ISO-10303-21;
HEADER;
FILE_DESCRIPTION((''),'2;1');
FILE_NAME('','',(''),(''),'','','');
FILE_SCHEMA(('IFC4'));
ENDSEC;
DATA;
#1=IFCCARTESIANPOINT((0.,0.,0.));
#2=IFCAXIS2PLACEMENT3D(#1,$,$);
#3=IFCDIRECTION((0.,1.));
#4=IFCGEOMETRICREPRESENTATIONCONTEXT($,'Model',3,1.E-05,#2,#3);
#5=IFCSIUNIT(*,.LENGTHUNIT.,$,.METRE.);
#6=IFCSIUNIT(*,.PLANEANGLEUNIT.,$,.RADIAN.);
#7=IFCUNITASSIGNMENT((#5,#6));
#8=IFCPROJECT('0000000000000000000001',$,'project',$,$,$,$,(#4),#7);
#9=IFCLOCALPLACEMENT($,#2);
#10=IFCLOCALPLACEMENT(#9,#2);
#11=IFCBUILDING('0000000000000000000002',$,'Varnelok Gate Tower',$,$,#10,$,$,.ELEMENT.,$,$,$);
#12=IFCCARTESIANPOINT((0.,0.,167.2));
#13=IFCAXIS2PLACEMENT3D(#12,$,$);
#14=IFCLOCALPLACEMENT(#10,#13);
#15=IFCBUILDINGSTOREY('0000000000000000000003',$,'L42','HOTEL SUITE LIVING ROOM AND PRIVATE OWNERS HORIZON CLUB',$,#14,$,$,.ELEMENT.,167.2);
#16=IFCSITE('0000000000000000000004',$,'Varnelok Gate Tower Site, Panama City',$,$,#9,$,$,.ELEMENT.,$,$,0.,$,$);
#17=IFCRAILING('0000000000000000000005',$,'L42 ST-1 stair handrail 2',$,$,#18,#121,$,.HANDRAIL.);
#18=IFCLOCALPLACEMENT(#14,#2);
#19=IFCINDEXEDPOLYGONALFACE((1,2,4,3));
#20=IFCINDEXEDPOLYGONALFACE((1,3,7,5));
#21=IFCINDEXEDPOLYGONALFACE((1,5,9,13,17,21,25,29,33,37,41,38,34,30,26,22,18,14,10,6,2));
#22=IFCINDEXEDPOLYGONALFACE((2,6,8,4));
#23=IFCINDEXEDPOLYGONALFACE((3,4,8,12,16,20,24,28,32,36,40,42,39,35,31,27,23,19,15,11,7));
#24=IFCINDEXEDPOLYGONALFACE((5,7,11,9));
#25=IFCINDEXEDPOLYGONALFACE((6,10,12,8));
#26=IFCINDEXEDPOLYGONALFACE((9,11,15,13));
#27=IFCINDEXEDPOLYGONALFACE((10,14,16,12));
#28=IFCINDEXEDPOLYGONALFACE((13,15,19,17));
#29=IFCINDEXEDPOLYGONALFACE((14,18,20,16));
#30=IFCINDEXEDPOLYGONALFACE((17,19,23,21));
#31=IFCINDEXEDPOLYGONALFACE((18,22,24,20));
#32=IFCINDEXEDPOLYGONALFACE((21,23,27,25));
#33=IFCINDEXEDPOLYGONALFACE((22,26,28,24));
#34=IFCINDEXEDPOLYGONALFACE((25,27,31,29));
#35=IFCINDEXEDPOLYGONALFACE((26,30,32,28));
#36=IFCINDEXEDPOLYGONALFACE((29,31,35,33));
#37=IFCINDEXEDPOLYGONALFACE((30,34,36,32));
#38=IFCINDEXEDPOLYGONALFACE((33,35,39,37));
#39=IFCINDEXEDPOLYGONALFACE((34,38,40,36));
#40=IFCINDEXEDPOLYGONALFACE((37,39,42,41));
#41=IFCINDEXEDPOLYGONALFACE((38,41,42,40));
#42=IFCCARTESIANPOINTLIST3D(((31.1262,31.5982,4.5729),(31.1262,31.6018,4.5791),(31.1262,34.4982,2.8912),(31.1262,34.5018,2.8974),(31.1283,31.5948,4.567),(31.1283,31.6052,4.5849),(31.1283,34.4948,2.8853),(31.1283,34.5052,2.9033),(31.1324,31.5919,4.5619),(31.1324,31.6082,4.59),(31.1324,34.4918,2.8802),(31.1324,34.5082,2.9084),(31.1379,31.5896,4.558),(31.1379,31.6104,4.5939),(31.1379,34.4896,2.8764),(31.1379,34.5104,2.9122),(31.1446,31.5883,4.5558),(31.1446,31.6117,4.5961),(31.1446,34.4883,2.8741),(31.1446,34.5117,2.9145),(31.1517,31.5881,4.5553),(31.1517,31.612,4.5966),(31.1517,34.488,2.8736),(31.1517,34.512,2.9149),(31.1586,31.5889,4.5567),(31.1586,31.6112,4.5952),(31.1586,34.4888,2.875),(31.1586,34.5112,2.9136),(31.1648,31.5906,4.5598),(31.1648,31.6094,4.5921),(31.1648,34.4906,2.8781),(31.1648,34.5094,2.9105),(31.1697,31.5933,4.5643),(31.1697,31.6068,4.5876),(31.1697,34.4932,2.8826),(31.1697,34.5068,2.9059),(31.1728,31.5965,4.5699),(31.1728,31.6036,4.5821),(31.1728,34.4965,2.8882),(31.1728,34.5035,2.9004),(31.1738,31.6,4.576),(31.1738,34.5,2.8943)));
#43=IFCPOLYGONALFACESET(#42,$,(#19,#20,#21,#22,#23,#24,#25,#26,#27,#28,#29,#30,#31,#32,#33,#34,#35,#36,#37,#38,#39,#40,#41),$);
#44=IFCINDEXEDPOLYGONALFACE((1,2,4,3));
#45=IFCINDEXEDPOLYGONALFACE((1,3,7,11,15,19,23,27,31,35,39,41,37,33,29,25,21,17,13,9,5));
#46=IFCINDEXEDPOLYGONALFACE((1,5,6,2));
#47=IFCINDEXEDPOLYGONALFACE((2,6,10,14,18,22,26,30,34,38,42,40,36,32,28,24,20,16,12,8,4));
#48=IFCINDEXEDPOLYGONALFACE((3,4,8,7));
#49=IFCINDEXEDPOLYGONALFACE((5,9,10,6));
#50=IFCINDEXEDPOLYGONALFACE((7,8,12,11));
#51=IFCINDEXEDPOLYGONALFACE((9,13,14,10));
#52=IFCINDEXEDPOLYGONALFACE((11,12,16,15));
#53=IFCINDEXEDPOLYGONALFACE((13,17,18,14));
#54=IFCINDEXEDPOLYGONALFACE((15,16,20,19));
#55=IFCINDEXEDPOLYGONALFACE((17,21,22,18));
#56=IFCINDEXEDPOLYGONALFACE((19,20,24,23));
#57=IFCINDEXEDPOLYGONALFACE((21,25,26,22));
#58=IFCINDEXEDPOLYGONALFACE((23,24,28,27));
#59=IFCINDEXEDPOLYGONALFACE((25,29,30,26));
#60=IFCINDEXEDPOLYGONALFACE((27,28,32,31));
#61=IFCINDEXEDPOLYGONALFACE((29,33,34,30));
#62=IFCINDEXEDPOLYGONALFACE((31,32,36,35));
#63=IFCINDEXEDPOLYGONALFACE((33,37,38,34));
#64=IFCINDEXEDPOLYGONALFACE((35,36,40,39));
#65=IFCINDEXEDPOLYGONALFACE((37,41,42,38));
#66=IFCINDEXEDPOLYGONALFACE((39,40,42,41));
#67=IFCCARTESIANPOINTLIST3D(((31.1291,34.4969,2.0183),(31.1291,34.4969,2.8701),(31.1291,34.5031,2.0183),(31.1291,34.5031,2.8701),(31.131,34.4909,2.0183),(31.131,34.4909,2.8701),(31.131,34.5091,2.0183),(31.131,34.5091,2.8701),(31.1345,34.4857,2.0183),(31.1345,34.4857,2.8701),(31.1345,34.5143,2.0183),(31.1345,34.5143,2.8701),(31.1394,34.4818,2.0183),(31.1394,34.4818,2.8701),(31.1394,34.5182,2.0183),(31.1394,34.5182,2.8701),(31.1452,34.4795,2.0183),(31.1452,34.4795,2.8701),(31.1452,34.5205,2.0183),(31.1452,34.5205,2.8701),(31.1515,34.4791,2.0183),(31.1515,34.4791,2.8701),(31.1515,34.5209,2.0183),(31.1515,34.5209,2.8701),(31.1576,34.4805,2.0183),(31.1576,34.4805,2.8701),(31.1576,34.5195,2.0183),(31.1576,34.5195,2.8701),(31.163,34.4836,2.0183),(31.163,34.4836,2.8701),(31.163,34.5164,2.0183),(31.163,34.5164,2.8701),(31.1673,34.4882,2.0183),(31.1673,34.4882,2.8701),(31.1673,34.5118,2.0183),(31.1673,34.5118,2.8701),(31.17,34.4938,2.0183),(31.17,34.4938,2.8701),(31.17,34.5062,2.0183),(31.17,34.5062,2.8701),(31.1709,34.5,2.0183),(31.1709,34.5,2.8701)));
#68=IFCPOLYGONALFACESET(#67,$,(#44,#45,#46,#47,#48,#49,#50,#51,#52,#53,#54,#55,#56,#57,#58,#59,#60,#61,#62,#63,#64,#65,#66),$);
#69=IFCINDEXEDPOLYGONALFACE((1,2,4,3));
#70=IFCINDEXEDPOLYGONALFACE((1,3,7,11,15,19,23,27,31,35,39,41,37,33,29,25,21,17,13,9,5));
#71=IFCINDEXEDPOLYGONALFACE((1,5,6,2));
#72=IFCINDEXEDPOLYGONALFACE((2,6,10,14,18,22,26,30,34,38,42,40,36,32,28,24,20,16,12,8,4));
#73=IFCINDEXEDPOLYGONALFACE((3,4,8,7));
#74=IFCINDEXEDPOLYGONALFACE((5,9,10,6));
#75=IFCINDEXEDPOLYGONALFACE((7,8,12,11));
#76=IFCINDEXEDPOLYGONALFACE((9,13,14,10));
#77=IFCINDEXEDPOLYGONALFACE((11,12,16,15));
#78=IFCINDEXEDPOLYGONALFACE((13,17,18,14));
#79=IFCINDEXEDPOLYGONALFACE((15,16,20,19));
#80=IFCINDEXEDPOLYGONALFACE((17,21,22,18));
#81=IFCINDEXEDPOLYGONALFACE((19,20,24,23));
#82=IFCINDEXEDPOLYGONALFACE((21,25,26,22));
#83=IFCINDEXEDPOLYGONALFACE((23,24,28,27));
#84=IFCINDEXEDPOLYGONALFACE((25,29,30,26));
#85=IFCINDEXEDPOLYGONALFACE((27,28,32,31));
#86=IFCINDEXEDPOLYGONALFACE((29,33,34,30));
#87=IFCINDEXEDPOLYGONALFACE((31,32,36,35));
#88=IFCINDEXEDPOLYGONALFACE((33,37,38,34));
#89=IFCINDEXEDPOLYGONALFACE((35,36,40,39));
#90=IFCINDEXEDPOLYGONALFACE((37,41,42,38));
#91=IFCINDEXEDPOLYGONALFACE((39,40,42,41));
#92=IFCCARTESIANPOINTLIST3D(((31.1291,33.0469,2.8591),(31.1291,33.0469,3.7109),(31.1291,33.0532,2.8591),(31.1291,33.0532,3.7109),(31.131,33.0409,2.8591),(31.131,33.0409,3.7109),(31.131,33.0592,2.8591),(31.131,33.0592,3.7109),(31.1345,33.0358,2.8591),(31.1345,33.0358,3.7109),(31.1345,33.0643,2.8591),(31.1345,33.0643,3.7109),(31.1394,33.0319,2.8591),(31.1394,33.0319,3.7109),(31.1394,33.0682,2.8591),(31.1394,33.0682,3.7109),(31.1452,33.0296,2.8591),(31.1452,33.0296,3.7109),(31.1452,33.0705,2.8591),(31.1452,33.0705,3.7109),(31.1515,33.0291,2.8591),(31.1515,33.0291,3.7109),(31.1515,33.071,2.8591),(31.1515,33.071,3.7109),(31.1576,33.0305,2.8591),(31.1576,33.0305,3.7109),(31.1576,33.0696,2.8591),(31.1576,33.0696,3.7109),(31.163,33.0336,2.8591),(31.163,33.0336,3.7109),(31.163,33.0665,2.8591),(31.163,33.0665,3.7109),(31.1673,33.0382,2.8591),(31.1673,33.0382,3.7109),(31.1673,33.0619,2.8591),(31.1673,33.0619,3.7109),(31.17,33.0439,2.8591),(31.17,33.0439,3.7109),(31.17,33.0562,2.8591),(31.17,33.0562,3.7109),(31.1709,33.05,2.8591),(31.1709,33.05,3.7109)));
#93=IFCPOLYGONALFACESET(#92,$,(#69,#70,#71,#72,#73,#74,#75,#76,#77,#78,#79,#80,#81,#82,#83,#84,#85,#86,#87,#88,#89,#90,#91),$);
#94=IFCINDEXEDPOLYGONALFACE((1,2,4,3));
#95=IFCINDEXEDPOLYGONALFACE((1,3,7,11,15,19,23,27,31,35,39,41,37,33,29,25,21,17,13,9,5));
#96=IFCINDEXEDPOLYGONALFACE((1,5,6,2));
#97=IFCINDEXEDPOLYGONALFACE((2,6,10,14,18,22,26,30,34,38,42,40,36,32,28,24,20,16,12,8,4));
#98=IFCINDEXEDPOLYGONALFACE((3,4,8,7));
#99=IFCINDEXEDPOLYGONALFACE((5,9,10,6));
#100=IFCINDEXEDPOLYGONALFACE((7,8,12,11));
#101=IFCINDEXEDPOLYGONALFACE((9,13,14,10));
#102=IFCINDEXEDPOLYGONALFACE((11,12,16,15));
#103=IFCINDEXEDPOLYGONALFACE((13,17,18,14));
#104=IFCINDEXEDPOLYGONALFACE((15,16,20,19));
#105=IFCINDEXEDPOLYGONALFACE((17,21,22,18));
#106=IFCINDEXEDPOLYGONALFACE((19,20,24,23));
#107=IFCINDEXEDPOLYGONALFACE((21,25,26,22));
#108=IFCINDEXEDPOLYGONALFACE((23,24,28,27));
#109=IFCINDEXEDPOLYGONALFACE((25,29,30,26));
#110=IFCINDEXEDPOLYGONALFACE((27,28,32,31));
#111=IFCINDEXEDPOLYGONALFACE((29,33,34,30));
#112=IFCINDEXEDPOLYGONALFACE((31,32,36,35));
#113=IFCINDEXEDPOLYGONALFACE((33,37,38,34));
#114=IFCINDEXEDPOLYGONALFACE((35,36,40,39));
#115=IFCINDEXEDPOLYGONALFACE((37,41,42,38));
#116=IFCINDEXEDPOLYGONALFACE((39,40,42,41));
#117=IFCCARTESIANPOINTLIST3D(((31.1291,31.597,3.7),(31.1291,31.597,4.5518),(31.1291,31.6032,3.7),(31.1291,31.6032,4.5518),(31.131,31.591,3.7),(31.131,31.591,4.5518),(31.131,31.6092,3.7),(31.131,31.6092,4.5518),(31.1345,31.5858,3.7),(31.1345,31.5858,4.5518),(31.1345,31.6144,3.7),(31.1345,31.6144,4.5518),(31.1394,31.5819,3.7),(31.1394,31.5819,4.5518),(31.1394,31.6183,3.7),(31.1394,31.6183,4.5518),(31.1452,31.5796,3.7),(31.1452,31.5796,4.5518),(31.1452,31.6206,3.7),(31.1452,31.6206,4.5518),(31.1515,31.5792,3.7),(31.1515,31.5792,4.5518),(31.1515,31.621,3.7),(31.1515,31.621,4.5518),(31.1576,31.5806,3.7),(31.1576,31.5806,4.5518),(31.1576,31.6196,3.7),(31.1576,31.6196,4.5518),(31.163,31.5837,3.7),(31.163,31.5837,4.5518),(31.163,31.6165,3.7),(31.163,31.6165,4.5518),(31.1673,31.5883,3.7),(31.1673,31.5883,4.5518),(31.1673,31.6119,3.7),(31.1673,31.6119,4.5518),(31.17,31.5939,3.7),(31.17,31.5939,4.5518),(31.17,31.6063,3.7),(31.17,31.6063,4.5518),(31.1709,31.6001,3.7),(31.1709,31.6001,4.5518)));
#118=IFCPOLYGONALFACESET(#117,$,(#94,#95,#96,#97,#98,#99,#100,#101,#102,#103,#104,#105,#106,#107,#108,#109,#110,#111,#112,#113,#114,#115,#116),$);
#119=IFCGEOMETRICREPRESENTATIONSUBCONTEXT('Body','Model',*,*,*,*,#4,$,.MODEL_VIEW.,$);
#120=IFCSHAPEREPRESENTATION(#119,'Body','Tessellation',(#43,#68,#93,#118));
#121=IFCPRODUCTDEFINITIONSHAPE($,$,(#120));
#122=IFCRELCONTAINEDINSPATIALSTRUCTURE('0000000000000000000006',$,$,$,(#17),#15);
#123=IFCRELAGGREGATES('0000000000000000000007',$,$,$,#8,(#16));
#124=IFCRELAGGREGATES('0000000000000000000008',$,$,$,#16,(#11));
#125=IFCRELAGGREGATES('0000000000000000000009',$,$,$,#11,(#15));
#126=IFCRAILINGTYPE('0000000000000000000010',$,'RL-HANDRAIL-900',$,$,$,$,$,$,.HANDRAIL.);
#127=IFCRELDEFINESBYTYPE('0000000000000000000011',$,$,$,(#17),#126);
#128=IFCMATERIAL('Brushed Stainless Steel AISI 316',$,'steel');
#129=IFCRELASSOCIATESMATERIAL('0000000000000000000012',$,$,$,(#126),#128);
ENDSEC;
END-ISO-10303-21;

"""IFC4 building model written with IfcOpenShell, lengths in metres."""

from ifc_helpers import new_model, si_unit, direction, frame, origin, origin_2d, place, context, subcontext, project, spatial, circle, extrude, material, type_object, element, save


model = new_model("IFC4")

# Units and contexts
model_context = context("Model", 3, precision=1e-05, world=origin(), true_north=direction((0.0, 1.0)))
body_context = subcontext(model_context, "Body", "Model", "MODEL_VIEW")
ifc_project = project(units=[si_unit("LENGTHUNIT", "METRE"), si_unit("PLANEANGLEUNIT", "RADIAN")], contexts=[model_context])

# Site, building, storey
site_placement = place(None, origin())
site = spatial("IfcSite", under=ifc_project, at=site_placement, Name="Varnelok Gate Tower Site, Panama City", CompositionType="ELEMENT", RefElevation=0.0)
building_placement = place(site_placement, origin())
building = spatial("IfcBuilding", under=site, at=building_placement, Name="Varnelok Gate Tower", CompositionType="ELEMENT")
storey_placement = place(building_placement, frame((0.0, 0.0, 167.2)))
storey = spatial("IfcBuildingStorey", under=building, at=storey_placement, Name="L42", Description="HOTEL SUITE LIVING ROOM AND PRIVATE OWNERS HORIZON CLUB", CompositionType="ELEMENT", Elevation=167.2)

# Railing
ifc_material_1 = material(Name="Brushed Stainless Steel AISI 316", Category="steel")
railing_type_1 = type_object("IfcRailingType", Name="RL-HANDRAIL-900", PredefinedType="HANDRAIL", material=ifc_material_1)
railing_1_placement = place(storey_placement, frame((31.1499, 34.5, 2.0183)))
element("IfcRailing", 1, at=railing_1_placement, inside=storey, type_object=railing_type_1, Name="L42 ST-1 stair handrail 2", PredefinedType="HANDRAIL", context=body_context, shape_type="SweptSolid", body=[
    extrude(circle(Radius=0.0239, at=origin_2d()), frame((0.0, 0.0, 0.876), z_axis=(0.0, -0.86507, 0.501651), x_axis=(1.0, 0.0, 0.0)), (0.0, 0.0, 1.0), 3.3523),
    extrude(circle(Radius=0.021, at=origin_2d()), origin(), (0.0, 0.0, 1.0), 0.8518),
    extrude(circle(Radius=0.021, at=origin_2d()), frame((0.0, -1.45, 0.8408)), (0.0, 0.0, 1.0), 0.8518),
    extrude(circle(Radius=0.021, at=origin_2d()), frame((0.0, -2.8999, 1.6816)), (0.0, 0.0, 1.0), 0.8518),
])

save(model, "model.ifc")
